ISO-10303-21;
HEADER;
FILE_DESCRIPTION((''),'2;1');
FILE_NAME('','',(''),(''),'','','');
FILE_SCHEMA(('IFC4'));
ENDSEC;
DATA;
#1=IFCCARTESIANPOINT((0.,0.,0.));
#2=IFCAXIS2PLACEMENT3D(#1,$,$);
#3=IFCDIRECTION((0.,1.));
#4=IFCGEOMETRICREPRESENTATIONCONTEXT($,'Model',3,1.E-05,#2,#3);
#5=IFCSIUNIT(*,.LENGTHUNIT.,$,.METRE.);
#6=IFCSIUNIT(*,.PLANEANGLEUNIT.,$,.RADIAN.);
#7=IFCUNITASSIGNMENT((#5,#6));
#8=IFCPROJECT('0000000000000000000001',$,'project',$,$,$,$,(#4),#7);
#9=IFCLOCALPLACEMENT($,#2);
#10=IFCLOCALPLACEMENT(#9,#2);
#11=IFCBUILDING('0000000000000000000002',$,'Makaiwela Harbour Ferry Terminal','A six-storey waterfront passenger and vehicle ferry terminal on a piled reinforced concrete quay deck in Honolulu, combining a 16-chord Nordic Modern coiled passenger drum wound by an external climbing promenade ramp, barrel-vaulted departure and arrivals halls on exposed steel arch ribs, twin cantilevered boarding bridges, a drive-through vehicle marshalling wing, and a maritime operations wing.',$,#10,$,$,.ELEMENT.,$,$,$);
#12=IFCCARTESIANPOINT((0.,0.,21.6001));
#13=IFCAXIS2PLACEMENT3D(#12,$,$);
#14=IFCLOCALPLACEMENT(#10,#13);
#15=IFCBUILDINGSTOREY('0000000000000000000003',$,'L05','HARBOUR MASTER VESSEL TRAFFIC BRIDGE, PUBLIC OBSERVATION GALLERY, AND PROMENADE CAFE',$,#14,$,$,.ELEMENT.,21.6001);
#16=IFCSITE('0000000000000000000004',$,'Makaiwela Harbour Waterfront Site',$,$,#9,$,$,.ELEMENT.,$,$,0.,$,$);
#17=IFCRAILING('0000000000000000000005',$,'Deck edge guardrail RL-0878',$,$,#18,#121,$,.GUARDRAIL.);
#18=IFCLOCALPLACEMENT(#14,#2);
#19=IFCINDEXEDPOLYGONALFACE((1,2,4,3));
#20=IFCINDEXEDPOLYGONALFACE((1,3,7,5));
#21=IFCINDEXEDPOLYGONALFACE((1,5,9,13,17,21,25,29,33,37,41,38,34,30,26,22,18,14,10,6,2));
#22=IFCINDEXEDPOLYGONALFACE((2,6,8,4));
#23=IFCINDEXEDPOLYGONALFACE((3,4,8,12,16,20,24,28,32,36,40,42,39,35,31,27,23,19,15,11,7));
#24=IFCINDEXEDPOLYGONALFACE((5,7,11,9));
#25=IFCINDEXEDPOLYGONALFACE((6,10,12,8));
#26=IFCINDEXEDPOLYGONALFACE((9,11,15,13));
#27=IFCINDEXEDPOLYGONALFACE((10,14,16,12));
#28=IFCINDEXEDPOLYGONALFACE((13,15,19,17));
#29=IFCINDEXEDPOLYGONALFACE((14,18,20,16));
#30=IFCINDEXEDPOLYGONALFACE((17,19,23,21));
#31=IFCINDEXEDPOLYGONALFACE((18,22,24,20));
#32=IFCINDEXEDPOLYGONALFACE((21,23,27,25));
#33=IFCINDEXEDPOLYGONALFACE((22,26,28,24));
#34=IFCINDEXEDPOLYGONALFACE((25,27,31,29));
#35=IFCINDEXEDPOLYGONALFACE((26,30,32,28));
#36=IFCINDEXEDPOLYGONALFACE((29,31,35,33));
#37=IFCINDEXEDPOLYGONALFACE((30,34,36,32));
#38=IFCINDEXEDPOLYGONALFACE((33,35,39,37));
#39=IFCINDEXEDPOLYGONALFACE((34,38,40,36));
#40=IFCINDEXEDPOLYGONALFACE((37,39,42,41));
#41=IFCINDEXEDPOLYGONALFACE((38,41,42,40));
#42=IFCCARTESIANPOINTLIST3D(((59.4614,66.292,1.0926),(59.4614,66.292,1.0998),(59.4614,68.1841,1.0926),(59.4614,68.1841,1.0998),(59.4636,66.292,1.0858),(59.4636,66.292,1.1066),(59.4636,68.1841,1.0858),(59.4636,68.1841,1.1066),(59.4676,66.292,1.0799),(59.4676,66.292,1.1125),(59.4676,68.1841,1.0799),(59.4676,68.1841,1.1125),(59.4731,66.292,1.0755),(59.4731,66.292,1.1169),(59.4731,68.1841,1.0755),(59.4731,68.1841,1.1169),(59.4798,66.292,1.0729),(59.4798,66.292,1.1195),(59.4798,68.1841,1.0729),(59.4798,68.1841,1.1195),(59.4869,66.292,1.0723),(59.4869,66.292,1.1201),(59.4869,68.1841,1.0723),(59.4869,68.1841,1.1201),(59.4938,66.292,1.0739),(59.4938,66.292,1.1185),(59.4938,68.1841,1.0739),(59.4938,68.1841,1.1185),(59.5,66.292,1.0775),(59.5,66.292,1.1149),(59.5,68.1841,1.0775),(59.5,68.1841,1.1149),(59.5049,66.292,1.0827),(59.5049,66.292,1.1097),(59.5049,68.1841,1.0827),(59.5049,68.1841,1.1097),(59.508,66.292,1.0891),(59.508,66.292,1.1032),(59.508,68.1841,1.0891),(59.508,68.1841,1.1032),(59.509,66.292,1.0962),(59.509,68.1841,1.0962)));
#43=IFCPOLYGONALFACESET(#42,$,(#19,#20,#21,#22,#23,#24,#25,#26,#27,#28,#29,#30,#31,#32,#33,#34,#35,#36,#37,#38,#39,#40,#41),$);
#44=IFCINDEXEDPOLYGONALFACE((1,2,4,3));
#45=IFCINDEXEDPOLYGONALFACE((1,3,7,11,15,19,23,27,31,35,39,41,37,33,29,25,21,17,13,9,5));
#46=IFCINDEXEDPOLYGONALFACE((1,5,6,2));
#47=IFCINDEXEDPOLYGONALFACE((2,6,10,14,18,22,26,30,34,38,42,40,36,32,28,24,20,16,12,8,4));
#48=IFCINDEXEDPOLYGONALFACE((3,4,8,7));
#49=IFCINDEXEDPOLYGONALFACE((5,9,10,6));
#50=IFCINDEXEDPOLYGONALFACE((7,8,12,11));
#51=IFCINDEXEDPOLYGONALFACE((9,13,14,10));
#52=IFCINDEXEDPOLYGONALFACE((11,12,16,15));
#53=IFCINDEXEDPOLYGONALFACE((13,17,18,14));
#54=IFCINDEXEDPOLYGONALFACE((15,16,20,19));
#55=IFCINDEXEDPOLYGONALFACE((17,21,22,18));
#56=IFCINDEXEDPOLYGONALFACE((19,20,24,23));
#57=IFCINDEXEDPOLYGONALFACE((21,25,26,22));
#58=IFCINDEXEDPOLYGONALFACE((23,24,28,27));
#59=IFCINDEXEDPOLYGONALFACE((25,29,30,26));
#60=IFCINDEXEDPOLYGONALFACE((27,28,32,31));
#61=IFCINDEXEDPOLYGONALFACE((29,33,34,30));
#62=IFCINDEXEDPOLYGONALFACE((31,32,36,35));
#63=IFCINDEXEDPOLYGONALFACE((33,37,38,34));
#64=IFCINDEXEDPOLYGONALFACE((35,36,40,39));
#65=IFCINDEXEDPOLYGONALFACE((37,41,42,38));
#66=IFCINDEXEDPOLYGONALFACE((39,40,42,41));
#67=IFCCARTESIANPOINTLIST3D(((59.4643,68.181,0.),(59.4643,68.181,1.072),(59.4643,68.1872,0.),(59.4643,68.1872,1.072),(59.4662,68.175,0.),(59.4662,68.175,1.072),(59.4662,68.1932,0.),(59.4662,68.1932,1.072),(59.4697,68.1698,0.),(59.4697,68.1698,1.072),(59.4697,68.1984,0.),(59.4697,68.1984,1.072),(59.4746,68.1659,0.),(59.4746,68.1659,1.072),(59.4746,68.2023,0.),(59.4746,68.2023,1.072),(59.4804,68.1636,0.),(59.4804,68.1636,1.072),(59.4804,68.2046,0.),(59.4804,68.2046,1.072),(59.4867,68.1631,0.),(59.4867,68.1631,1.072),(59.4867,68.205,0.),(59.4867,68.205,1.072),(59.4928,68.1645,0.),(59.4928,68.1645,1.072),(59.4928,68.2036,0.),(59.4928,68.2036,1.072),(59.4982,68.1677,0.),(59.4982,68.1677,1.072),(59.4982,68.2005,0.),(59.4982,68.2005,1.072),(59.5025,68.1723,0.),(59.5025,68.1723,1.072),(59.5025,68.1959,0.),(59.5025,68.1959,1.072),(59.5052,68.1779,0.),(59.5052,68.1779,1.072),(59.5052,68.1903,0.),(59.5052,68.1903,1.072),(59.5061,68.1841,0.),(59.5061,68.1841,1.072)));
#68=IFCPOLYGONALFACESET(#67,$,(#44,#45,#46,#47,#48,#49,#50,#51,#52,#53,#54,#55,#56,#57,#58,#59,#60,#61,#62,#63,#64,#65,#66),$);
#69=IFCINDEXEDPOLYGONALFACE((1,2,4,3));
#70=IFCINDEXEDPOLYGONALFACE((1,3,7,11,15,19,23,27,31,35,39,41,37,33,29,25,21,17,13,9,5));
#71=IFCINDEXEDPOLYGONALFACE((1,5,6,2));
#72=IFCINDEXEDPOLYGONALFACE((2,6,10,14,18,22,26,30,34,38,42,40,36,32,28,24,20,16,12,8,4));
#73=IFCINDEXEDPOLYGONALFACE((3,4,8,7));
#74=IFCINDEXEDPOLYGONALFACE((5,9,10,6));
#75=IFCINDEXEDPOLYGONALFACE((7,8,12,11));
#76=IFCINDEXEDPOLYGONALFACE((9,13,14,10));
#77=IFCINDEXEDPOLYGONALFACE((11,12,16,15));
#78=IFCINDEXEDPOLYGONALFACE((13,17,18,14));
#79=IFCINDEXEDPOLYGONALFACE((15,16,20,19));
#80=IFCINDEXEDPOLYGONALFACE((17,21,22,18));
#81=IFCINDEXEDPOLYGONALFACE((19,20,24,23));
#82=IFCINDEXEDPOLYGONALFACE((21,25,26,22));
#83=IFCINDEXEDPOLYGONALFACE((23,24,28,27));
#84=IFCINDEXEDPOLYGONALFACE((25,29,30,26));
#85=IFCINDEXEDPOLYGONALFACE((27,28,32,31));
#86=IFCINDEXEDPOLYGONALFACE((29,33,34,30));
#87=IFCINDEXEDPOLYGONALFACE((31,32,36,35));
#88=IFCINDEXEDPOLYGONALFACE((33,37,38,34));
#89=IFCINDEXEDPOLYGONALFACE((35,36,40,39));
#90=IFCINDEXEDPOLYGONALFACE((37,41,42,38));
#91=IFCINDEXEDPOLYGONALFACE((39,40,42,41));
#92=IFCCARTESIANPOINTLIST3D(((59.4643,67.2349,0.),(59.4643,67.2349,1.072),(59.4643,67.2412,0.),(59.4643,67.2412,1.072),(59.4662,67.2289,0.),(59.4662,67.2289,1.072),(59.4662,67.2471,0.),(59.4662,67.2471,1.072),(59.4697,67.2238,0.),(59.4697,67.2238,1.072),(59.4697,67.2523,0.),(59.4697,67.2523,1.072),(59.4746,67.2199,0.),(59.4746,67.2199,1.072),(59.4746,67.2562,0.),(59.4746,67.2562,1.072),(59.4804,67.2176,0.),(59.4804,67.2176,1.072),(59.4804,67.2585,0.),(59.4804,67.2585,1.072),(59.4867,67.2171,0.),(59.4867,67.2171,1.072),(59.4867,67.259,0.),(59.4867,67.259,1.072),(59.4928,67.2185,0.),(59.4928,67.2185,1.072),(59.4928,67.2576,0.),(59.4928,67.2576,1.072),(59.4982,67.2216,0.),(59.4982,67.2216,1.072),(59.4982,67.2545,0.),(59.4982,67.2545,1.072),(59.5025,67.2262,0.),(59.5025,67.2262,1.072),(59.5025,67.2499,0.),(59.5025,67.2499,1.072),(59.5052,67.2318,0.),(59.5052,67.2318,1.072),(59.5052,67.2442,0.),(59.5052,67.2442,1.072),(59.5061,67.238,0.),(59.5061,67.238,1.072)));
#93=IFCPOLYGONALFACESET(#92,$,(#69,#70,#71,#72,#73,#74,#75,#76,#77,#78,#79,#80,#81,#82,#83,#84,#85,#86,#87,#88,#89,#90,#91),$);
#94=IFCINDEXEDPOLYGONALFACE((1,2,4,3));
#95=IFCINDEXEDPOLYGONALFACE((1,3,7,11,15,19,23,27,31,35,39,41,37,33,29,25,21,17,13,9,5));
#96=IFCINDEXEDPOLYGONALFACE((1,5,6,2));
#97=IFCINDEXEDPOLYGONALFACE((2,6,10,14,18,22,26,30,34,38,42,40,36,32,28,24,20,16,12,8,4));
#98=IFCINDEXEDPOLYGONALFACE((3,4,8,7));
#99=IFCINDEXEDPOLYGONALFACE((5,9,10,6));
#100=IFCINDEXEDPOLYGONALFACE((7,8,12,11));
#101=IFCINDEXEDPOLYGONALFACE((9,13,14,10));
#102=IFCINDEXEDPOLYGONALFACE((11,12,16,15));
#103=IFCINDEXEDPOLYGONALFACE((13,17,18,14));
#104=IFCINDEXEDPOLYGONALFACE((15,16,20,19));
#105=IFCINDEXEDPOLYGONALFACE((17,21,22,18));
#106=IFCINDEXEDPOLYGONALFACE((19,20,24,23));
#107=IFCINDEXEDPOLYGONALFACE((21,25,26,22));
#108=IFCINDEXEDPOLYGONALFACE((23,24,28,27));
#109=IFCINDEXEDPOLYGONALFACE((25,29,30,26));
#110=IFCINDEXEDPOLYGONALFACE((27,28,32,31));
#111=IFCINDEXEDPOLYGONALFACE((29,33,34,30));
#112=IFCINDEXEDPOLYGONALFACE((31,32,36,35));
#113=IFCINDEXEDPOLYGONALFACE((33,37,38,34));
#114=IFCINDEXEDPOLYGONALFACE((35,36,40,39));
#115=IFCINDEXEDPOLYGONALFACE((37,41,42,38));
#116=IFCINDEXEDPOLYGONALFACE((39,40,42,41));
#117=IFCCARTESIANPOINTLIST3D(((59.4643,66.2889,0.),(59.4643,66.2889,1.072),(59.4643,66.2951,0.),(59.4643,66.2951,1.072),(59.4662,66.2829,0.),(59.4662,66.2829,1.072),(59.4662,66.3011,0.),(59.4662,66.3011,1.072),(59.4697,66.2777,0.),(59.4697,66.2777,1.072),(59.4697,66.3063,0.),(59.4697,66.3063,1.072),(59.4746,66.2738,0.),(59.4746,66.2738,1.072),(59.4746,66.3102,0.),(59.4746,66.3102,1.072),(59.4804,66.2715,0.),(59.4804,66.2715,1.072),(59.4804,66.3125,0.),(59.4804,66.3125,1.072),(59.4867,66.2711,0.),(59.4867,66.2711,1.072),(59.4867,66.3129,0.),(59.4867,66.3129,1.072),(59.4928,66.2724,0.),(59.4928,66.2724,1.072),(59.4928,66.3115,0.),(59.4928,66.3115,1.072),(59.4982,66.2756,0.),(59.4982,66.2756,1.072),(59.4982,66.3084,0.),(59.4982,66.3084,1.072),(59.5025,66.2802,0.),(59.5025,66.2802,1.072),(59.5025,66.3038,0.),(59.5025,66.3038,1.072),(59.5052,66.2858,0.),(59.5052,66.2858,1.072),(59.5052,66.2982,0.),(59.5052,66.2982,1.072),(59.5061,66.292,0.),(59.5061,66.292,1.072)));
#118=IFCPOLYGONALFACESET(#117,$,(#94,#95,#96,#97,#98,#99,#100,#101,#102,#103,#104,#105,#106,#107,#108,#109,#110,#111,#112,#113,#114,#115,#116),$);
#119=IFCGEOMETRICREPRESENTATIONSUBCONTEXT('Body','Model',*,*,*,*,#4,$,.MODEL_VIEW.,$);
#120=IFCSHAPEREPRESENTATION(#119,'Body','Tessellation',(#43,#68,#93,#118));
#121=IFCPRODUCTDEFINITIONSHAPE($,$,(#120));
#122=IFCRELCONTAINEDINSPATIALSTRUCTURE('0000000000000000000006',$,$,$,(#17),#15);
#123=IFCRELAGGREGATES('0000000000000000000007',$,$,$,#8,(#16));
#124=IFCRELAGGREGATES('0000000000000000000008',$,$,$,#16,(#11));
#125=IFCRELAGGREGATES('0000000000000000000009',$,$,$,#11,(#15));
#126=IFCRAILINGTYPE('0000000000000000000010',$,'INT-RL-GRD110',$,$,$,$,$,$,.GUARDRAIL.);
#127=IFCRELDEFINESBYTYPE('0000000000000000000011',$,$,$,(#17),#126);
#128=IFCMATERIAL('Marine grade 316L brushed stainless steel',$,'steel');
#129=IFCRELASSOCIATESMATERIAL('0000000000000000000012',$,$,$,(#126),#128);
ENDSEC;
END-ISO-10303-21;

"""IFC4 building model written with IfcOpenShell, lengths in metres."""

from ifc_helpers import new_model, si_unit, direction, frame, origin, origin_2d, place, context, subcontext, project, spatial, circle, extrude, material, type_object, element, save


model = new_model("IFC4")

# Units and contexts
model_context = context("Model", 3, precision=1e-05, world=origin(), true_north=direction((0.0, 1.0)))
body_context = subcontext(model_context, "Body", "Model", "MODEL_VIEW")
ifc_project = project(units=[si_unit("LENGTHUNIT", "METRE"), si_unit("PLANEANGLEUNIT", "RADIAN")], contexts=[model_context])

# Site, building, storey
site_placement = place(None, origin())
site = spatial("IfcSite", under=ifc_project, at=site_placement, Name="Makaiwela Harbour Waterfront Site", CompositionType="ELEMENT", RefElevation=0.0)
building_placement = place(site_placement, origin())
building = spatial("IfcBuilding", under=site, at=building_placement, Name="Makaiwela Harbour Ferry Terminal", Description="A six-storey waterfront passenger and vehicle ferry terminal on a piled reinforced concrete quay deck in Honolulu, combining a 16-chord Nordic Modern coiled passenger drum wound by an external climbing promenade ramp, barrel-vaulted departure and arrivals halls on exposed steel arch ribs, twin cantilevered boarding bridges, a drive-through vehicle marshalling wing, and a maritime operations wing.", CompositionType="ELEMENT")
storey_placement = place(building_placement, frame((0.0, 0.0, 21.6001)))
storey = spatial("IfcBuildingStorey", under=building, at=storey_placement, Name="L05", Description="HARBOUR MASTER VESSEL TRAFFIC BRIDGE, PUBLIC OBSERVATION GALLERY, AND PROMENADE CAFE", CompositionType="ELEMENT", Elevation=21.6001)

# Railing
ifc_material_1 = material(Name="Marine grade 316L brushed stainless steel", Category="steel")
railing_type = type_object("IfcRailingType", Name="INT-RL-GRD110", PredefinedType="GUARDRAIL", material=ifc_material_1)
railing_1_placement = place(storey_placement, frame((59.4851, 68.1841, 0.0)))
element("IfcRailing", 1, at=railing_1_placement, inside=storey, type_object=railing_type, Name="Deck edge guardrail RL-0878", PredefinedType="GUARDRAIL", context=body_context, shape_type="SweptSolid", body=[
    extrude(circle(Radius=0.0239, at=origin_2d()), frame((0.0, 0.0, 1.0962), z_axis=(0.0, -1.0, 0.0), x_axis=(1.0, 0.0, 0.0)), (0.0, 0.0, 1.0), 1.8921),
    extrude(circle(Radius=0.021, at=origin_2d()), origin(), (0.0, 0.0, 1.0), 1.072),
    extrude(circle(Radius=0.021, at=origin_2d()), frame((0.0, -0.946, 0.0)), (0.0, 0.0, 1.0), 1.072),
    extrude(circle(Radius=0.021, at=origin_2d()), frame((0.0, -1.8921, 0.0)), (0.0, 0.0, 1.0), 1.072),
])

save(model, "model.ifc")
